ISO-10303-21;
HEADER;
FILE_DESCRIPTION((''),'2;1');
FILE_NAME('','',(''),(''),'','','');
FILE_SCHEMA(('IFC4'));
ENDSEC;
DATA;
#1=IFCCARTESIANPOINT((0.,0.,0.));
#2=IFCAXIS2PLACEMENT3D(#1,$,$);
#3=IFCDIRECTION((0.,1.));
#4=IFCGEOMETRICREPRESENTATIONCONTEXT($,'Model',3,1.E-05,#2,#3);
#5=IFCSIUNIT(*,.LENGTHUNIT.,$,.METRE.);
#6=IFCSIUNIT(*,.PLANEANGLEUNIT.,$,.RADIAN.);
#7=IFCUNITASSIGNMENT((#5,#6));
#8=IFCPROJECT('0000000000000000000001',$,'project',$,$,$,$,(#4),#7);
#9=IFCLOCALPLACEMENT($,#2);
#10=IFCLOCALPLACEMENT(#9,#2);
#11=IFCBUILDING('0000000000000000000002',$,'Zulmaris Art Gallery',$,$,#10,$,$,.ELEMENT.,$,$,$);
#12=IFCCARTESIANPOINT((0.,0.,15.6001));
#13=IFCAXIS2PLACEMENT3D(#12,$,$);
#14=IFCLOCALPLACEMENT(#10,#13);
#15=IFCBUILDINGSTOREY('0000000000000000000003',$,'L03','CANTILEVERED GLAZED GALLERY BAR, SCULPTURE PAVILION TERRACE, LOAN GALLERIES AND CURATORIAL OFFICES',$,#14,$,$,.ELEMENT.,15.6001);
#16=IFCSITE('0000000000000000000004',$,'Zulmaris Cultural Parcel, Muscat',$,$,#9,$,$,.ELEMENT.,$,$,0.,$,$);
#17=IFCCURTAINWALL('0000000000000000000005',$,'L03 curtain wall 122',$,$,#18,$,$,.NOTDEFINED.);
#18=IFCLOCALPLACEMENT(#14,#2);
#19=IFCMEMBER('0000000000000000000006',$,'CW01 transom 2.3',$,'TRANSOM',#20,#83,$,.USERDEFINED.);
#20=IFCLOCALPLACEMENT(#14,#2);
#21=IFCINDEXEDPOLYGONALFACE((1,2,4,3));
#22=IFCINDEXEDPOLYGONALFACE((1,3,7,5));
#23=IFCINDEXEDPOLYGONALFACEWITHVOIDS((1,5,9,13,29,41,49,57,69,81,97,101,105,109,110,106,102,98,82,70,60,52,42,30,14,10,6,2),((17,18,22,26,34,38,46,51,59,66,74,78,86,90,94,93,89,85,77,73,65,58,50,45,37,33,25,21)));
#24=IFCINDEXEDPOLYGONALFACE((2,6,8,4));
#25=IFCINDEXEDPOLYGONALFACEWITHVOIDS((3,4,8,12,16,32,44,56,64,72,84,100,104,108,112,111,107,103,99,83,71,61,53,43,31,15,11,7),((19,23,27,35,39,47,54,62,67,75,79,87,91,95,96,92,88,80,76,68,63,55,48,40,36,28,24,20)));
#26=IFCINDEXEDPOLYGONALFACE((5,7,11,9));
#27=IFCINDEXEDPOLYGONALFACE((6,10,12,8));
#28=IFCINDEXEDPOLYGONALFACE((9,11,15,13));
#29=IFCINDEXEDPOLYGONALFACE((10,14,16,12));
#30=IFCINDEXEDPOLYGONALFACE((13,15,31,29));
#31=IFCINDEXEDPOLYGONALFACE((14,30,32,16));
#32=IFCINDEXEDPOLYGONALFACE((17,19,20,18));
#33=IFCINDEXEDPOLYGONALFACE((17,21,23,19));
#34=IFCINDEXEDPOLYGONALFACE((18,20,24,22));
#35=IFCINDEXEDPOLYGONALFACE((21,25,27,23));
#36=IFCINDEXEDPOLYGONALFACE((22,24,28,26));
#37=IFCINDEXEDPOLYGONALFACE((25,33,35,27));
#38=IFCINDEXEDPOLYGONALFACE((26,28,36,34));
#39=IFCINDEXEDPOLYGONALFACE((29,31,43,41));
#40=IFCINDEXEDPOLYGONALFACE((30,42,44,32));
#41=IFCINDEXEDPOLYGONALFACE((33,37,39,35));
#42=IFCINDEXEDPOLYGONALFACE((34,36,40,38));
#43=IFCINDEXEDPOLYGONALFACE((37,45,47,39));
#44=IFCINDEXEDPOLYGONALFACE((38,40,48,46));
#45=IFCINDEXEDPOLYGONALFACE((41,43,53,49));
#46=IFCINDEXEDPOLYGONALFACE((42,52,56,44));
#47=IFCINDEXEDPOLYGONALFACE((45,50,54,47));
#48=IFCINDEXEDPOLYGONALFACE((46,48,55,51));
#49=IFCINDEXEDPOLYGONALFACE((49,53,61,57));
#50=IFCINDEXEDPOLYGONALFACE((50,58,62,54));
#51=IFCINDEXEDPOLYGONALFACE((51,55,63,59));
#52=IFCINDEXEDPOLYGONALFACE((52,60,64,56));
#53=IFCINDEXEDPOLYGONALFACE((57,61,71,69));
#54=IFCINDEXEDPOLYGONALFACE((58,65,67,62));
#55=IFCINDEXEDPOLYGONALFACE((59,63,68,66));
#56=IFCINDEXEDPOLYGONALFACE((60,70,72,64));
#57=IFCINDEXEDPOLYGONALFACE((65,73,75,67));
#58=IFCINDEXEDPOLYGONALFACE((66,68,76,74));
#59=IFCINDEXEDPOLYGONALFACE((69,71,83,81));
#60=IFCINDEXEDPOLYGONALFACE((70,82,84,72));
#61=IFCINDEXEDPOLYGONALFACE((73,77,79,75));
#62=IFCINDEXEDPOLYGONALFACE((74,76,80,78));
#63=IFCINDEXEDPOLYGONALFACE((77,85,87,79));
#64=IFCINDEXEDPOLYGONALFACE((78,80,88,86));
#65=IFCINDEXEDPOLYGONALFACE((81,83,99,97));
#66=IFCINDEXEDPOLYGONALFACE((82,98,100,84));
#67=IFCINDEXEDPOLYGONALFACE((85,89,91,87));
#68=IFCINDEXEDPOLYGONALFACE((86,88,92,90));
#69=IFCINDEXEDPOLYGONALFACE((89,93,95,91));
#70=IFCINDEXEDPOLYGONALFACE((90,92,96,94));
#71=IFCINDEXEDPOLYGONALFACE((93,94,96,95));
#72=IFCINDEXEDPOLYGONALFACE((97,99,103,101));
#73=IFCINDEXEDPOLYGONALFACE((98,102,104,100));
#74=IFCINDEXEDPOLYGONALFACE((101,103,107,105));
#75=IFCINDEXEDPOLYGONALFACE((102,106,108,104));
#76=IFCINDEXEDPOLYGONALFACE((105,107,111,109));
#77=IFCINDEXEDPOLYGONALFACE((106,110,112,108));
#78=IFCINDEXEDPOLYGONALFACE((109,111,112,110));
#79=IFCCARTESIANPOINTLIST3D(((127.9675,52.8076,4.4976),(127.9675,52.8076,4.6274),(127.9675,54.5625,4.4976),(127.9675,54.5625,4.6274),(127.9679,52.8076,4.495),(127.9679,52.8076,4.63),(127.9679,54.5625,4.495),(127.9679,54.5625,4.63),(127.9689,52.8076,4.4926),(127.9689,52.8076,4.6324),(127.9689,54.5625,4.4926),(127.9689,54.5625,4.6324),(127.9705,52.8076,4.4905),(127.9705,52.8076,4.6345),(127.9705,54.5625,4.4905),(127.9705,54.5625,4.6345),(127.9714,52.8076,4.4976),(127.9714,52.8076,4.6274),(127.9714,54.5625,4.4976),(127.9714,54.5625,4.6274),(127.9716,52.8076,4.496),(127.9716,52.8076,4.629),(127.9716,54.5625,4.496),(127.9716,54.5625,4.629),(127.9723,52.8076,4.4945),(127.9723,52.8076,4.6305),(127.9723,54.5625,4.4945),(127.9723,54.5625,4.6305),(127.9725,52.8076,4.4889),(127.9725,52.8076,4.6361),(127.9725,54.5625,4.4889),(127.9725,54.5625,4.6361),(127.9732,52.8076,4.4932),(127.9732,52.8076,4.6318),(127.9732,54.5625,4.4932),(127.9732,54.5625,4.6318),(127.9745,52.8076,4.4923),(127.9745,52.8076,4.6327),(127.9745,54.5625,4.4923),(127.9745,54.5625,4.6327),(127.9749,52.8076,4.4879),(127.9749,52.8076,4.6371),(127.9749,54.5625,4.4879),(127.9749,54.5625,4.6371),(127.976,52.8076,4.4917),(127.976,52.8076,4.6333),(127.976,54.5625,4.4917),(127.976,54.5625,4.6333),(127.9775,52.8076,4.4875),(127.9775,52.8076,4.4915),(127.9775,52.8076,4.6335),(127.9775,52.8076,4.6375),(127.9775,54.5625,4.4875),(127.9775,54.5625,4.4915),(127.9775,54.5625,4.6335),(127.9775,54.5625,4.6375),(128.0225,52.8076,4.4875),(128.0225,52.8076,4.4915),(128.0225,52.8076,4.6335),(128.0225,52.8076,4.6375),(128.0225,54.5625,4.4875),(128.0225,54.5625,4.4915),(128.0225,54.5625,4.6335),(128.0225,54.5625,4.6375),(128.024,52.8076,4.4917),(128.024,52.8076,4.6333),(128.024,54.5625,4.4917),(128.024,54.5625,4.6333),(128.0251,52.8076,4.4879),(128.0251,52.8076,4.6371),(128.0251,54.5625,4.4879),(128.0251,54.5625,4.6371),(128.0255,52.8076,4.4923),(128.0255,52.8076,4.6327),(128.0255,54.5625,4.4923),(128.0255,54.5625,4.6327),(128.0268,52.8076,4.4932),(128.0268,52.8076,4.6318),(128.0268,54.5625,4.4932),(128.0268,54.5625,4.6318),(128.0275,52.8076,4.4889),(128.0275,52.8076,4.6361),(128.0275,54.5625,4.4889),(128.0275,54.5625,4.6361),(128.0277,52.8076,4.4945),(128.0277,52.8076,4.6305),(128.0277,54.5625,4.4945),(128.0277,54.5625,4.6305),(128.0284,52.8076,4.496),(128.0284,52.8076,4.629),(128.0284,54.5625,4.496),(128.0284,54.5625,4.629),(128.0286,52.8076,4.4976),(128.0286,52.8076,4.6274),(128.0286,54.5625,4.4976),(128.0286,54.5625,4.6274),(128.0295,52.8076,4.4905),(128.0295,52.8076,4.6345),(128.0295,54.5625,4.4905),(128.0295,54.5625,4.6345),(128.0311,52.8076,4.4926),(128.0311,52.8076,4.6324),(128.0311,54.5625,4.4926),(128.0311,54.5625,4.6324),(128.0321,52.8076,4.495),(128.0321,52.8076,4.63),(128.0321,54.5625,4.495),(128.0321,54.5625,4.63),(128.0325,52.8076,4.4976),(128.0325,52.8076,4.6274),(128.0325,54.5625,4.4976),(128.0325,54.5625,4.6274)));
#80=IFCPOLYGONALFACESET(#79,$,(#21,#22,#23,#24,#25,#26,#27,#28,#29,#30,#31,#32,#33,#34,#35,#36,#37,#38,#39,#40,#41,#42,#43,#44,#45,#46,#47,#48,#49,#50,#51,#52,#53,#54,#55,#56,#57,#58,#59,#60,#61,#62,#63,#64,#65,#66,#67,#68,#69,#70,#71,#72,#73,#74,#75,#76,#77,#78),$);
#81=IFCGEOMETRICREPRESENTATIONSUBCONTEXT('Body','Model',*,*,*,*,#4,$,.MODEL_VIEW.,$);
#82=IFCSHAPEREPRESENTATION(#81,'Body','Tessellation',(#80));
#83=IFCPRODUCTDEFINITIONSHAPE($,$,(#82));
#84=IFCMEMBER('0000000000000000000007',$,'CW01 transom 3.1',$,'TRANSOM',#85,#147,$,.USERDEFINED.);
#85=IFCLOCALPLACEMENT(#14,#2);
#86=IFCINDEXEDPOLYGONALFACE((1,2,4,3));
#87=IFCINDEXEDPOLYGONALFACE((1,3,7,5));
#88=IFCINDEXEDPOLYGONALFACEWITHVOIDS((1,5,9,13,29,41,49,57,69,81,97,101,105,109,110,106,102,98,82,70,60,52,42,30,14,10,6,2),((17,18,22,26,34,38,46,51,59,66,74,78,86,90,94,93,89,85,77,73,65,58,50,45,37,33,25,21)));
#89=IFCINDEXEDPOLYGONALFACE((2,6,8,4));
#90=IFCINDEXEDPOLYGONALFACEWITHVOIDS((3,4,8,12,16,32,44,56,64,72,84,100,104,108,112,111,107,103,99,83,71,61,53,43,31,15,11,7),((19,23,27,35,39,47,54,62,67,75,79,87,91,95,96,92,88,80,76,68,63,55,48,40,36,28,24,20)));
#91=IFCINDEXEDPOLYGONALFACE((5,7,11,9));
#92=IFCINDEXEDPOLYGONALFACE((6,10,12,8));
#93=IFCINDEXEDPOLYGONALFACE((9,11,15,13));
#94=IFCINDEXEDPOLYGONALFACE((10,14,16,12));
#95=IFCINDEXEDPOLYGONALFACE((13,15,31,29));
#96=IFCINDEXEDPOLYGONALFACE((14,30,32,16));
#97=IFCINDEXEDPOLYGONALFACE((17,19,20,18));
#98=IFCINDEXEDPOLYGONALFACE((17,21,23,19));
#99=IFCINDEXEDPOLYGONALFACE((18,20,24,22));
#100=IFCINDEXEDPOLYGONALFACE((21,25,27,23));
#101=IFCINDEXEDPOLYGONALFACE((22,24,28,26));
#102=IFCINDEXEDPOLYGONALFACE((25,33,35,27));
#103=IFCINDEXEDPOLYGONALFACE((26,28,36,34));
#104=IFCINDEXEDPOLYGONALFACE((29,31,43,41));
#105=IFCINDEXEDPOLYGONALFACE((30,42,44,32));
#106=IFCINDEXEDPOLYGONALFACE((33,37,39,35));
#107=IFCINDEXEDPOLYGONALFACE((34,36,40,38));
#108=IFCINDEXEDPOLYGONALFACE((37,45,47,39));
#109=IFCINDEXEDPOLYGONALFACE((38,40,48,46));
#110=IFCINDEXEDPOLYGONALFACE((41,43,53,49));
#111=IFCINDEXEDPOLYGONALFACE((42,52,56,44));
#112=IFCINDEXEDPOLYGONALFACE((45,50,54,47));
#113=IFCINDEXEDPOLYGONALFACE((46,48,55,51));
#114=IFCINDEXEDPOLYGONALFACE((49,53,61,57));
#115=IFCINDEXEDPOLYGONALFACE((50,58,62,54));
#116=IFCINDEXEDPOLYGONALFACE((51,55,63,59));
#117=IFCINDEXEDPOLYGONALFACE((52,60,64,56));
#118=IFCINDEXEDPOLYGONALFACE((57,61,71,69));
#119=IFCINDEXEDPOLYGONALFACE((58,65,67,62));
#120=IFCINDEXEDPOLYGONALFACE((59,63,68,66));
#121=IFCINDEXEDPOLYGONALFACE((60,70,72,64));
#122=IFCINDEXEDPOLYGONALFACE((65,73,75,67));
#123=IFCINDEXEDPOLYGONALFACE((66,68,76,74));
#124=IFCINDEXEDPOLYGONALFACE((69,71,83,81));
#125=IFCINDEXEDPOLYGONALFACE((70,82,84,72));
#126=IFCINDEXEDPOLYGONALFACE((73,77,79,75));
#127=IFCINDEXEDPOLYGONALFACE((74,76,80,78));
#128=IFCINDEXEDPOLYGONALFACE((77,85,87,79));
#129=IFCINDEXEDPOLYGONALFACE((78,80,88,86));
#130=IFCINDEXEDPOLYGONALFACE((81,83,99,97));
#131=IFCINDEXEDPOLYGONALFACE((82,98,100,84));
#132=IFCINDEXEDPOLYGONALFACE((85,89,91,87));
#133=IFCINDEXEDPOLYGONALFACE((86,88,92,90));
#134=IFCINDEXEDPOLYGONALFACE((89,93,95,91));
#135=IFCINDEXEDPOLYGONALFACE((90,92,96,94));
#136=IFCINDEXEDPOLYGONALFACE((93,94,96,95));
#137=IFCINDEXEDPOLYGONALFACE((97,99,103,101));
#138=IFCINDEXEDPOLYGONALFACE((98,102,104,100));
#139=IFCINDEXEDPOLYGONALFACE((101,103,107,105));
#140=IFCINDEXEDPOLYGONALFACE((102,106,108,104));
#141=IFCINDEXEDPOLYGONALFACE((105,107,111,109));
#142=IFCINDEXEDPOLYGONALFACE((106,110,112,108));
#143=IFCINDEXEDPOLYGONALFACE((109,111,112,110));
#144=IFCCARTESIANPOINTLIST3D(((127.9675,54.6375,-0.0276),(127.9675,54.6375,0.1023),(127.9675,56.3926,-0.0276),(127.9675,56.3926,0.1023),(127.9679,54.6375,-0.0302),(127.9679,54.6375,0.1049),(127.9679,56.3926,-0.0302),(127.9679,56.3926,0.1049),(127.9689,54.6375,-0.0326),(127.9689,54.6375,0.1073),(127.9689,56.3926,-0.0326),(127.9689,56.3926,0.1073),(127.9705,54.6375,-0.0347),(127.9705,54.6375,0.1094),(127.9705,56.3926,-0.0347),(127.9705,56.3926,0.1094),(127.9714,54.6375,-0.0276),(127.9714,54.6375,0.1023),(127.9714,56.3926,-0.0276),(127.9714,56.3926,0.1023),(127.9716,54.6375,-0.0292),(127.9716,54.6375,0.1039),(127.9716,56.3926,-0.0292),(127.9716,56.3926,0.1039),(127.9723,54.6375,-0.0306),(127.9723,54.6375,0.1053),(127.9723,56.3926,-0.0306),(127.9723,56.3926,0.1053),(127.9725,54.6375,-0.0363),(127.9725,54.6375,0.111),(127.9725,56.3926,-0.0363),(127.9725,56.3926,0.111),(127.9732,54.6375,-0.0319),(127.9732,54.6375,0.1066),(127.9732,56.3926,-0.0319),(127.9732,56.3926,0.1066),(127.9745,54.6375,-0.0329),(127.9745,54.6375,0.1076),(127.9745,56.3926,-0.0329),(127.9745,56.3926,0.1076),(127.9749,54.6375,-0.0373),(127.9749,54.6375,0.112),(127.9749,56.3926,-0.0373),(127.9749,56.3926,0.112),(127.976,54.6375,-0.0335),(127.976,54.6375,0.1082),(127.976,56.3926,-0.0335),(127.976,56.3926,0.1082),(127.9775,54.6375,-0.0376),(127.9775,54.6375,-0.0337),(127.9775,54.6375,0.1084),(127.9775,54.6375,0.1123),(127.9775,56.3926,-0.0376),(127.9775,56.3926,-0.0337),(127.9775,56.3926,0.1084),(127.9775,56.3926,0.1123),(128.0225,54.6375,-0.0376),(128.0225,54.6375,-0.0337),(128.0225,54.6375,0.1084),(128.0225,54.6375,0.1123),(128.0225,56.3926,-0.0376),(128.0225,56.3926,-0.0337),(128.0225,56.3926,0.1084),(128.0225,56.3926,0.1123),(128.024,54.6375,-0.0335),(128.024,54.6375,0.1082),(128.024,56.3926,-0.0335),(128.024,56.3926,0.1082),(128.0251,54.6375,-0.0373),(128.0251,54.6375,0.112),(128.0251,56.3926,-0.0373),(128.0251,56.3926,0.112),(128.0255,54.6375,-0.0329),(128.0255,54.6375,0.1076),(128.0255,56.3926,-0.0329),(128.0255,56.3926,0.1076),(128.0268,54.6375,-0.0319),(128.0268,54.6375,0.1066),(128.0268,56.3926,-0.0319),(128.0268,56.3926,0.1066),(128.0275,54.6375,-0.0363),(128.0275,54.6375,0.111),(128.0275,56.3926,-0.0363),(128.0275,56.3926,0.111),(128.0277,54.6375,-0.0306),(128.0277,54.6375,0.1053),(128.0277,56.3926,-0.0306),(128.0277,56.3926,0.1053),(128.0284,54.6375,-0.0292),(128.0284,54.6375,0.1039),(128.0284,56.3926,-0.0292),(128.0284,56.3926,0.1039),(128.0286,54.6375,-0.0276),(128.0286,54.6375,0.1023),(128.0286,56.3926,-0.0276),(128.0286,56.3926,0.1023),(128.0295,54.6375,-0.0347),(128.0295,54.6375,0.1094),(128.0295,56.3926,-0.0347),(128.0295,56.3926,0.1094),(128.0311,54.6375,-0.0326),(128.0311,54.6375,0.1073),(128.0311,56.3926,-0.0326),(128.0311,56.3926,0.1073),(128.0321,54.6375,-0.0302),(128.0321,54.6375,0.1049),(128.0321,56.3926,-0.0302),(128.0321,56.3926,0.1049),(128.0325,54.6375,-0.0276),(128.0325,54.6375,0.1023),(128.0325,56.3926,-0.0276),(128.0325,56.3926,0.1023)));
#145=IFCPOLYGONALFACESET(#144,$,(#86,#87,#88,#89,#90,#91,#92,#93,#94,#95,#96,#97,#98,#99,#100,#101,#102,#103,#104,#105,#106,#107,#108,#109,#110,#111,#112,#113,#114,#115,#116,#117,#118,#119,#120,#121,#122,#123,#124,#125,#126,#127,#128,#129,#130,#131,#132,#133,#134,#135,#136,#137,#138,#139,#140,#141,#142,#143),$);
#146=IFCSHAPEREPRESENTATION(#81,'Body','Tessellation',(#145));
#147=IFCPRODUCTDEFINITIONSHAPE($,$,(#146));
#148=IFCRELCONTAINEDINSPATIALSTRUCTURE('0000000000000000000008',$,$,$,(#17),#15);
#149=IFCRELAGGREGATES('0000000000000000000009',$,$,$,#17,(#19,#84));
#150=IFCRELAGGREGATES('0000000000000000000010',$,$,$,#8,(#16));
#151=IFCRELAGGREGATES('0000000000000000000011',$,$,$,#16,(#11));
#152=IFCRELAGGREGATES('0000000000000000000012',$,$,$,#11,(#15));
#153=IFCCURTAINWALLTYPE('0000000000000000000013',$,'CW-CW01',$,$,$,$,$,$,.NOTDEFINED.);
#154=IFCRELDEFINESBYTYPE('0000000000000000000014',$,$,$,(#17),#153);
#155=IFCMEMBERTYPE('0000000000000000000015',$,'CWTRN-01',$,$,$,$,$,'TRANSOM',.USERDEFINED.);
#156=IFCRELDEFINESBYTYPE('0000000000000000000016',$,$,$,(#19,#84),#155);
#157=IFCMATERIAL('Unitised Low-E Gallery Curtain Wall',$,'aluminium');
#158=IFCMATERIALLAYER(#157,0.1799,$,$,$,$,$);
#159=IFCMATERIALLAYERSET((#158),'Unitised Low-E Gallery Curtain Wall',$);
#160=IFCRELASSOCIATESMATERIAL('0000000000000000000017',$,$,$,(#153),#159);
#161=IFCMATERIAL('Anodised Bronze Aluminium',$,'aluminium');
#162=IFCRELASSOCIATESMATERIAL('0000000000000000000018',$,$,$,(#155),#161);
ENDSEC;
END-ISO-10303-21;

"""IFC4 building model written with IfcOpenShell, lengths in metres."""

from ifc_helpers import new_model, si_unit, direction, frame, origin, origin_2d, place, context, subcontext, project, spatial, hollow_rectangle, extrude, material, layer, layer_set, material_profile, profile_set, type_object, element, aggregate, save


model = new_model("IFC4")

# Units and contexts
model_context = context("Model", 3, precision=1e-05, world=origin(), true_north=direction((0.0, 1.0)))
body_context = subcontext(model_context, "Body", "Model", "MODEL_VIEW")
ifc_project = project(units=[si_unit("LENGTHUNIT", "METRE"), si_unit("PLANEANGLEUNIT", "RADIAN")], contexts=[model_context])

# Site, building, storey
site_placement = place(None, origin())
site = spatial("IfcSite", under=ifc_project, at=site_placement, Name="Zulmaris Cultural Parcel, Muscat", CompositionType="ELEMENT", RefElevation=0.0)
building_placement = place(site_placement, origin())
building = spatial("IfcBuilding", under=site, at=building_placement, Name="Zulmaris Art Gallery", CompositionType="ELEMENT")
storey_placement = place(building_placement, frame((0.0, 0.0, 15.6001)))
storey = spatial("IfcBuildingStorey", under=building, at=storey_placement, Name="L03", Description="CANTILEVERED GLAZED GALLERY BAR, SCULPTURE PAVILION TERRACE, LOAN GALLERIES AND CURATORIAL OFFICES", CompositionType="ELEMENT", Elevation=15.6001)

# Curtain wall, members
ifc_material_1 = material(Name="Unitised Low-E Gallery Curtain Wall", Category="aluminium")
ifc_layer_1 = layer(ifc_material_1, 0.1799)
ifc_layer_set_1 = layer_set([ifc_layer_1], Name="Unitised Low-E Gallery Curtain Wall")
curtain_wall_type = type_object("IfcCurtainWallType", Name="CW-CW01", PredefinedType="NOTDEFINED", material=ifc_layer_set_1)
curtain_wall_placement = place(storey_placement, origin())
curtain_wall = element("IfcCurtainWall", 1, at=curtain_wall_placement, inside=storey, type_object=curtain_wall_type, Name="L03 curtain wall 122", PredefinedType="NOTDEFINED")
ifc_material_2 = material(Name="Anodised Bronze Aluminium", Category="aluminium")
ifc_material_profile_1 = material_profile(ifc_material_2, hollow_rectangle(XDim=0.0649, YDim=0.1499, WallThickness=0.0039, InnerFilletRadius=0.0061, OuterFilletRadius=0.01, at=origin_2d()), Name="ALU 65x150x4")
ifc_profile_set_1 = profile_set([ifc_material_profile_1], Name="Anodised Bronze Aluminium")
member_type_1 = type_object("IfcMemberType", Name="CWTRN-01", ElementType="TRANSOM", PredefinedType="USERDEFINED", material=ifc_profile_set_1)
member_1_placement = place(storey_placement, frame((128.0, 52.8076, 4.5625), z_axis=(0.0, 1.0, 0.0), x_axis=(-1.0, 0.0, 0.0)))
member_1 = element("IfcMember", 2, at=member_1_placement, type_object=member_type_1, Name="CW01 transom 2.3", ObjectType="TRANSOM", PredefinedType="USERDEFINED", context=body_context, shape_type="SweptSolid", body=[
    extrude(hollow_rectangle(XDim=0.0649, YDim=0.1499, WallThickness=0.0039, InnerFilletRadius=0.0061, OuterFilletRadius=0.01, at=origin_2d()), origin(), (0.0, 0.0, 1.0), 1.7549),
])
member_2_placement = place(storey_placement, frame((128.0, 54.6375, 0.0374), z_axis=(0.0, 1.0, 0.0), x_axis=(-1.0, 0.0, 0.0)))
member_2 = element("IfcMember", 3, at=member_2_placement, type_object=member_type_1, Name="CW01 transom 3.1", ObjectType="TRANSOM", PredefinedType="USERDEFINED", context=body_context, shape_type="SweptSolid", body=[
    extrude(hollow_rectangle(XDim=0.0649, YDim=0.1499, WallThickness=0.0039, InnerFilletRadius=0.0061, OuterFilletRadius=0.01, at=origin_2d()), origin(), (0.0, 0.0, 1.0), 1.7551),
])
aggregate(curtain_wall, [member_1, member_2])

save(model, "model.ifc")
